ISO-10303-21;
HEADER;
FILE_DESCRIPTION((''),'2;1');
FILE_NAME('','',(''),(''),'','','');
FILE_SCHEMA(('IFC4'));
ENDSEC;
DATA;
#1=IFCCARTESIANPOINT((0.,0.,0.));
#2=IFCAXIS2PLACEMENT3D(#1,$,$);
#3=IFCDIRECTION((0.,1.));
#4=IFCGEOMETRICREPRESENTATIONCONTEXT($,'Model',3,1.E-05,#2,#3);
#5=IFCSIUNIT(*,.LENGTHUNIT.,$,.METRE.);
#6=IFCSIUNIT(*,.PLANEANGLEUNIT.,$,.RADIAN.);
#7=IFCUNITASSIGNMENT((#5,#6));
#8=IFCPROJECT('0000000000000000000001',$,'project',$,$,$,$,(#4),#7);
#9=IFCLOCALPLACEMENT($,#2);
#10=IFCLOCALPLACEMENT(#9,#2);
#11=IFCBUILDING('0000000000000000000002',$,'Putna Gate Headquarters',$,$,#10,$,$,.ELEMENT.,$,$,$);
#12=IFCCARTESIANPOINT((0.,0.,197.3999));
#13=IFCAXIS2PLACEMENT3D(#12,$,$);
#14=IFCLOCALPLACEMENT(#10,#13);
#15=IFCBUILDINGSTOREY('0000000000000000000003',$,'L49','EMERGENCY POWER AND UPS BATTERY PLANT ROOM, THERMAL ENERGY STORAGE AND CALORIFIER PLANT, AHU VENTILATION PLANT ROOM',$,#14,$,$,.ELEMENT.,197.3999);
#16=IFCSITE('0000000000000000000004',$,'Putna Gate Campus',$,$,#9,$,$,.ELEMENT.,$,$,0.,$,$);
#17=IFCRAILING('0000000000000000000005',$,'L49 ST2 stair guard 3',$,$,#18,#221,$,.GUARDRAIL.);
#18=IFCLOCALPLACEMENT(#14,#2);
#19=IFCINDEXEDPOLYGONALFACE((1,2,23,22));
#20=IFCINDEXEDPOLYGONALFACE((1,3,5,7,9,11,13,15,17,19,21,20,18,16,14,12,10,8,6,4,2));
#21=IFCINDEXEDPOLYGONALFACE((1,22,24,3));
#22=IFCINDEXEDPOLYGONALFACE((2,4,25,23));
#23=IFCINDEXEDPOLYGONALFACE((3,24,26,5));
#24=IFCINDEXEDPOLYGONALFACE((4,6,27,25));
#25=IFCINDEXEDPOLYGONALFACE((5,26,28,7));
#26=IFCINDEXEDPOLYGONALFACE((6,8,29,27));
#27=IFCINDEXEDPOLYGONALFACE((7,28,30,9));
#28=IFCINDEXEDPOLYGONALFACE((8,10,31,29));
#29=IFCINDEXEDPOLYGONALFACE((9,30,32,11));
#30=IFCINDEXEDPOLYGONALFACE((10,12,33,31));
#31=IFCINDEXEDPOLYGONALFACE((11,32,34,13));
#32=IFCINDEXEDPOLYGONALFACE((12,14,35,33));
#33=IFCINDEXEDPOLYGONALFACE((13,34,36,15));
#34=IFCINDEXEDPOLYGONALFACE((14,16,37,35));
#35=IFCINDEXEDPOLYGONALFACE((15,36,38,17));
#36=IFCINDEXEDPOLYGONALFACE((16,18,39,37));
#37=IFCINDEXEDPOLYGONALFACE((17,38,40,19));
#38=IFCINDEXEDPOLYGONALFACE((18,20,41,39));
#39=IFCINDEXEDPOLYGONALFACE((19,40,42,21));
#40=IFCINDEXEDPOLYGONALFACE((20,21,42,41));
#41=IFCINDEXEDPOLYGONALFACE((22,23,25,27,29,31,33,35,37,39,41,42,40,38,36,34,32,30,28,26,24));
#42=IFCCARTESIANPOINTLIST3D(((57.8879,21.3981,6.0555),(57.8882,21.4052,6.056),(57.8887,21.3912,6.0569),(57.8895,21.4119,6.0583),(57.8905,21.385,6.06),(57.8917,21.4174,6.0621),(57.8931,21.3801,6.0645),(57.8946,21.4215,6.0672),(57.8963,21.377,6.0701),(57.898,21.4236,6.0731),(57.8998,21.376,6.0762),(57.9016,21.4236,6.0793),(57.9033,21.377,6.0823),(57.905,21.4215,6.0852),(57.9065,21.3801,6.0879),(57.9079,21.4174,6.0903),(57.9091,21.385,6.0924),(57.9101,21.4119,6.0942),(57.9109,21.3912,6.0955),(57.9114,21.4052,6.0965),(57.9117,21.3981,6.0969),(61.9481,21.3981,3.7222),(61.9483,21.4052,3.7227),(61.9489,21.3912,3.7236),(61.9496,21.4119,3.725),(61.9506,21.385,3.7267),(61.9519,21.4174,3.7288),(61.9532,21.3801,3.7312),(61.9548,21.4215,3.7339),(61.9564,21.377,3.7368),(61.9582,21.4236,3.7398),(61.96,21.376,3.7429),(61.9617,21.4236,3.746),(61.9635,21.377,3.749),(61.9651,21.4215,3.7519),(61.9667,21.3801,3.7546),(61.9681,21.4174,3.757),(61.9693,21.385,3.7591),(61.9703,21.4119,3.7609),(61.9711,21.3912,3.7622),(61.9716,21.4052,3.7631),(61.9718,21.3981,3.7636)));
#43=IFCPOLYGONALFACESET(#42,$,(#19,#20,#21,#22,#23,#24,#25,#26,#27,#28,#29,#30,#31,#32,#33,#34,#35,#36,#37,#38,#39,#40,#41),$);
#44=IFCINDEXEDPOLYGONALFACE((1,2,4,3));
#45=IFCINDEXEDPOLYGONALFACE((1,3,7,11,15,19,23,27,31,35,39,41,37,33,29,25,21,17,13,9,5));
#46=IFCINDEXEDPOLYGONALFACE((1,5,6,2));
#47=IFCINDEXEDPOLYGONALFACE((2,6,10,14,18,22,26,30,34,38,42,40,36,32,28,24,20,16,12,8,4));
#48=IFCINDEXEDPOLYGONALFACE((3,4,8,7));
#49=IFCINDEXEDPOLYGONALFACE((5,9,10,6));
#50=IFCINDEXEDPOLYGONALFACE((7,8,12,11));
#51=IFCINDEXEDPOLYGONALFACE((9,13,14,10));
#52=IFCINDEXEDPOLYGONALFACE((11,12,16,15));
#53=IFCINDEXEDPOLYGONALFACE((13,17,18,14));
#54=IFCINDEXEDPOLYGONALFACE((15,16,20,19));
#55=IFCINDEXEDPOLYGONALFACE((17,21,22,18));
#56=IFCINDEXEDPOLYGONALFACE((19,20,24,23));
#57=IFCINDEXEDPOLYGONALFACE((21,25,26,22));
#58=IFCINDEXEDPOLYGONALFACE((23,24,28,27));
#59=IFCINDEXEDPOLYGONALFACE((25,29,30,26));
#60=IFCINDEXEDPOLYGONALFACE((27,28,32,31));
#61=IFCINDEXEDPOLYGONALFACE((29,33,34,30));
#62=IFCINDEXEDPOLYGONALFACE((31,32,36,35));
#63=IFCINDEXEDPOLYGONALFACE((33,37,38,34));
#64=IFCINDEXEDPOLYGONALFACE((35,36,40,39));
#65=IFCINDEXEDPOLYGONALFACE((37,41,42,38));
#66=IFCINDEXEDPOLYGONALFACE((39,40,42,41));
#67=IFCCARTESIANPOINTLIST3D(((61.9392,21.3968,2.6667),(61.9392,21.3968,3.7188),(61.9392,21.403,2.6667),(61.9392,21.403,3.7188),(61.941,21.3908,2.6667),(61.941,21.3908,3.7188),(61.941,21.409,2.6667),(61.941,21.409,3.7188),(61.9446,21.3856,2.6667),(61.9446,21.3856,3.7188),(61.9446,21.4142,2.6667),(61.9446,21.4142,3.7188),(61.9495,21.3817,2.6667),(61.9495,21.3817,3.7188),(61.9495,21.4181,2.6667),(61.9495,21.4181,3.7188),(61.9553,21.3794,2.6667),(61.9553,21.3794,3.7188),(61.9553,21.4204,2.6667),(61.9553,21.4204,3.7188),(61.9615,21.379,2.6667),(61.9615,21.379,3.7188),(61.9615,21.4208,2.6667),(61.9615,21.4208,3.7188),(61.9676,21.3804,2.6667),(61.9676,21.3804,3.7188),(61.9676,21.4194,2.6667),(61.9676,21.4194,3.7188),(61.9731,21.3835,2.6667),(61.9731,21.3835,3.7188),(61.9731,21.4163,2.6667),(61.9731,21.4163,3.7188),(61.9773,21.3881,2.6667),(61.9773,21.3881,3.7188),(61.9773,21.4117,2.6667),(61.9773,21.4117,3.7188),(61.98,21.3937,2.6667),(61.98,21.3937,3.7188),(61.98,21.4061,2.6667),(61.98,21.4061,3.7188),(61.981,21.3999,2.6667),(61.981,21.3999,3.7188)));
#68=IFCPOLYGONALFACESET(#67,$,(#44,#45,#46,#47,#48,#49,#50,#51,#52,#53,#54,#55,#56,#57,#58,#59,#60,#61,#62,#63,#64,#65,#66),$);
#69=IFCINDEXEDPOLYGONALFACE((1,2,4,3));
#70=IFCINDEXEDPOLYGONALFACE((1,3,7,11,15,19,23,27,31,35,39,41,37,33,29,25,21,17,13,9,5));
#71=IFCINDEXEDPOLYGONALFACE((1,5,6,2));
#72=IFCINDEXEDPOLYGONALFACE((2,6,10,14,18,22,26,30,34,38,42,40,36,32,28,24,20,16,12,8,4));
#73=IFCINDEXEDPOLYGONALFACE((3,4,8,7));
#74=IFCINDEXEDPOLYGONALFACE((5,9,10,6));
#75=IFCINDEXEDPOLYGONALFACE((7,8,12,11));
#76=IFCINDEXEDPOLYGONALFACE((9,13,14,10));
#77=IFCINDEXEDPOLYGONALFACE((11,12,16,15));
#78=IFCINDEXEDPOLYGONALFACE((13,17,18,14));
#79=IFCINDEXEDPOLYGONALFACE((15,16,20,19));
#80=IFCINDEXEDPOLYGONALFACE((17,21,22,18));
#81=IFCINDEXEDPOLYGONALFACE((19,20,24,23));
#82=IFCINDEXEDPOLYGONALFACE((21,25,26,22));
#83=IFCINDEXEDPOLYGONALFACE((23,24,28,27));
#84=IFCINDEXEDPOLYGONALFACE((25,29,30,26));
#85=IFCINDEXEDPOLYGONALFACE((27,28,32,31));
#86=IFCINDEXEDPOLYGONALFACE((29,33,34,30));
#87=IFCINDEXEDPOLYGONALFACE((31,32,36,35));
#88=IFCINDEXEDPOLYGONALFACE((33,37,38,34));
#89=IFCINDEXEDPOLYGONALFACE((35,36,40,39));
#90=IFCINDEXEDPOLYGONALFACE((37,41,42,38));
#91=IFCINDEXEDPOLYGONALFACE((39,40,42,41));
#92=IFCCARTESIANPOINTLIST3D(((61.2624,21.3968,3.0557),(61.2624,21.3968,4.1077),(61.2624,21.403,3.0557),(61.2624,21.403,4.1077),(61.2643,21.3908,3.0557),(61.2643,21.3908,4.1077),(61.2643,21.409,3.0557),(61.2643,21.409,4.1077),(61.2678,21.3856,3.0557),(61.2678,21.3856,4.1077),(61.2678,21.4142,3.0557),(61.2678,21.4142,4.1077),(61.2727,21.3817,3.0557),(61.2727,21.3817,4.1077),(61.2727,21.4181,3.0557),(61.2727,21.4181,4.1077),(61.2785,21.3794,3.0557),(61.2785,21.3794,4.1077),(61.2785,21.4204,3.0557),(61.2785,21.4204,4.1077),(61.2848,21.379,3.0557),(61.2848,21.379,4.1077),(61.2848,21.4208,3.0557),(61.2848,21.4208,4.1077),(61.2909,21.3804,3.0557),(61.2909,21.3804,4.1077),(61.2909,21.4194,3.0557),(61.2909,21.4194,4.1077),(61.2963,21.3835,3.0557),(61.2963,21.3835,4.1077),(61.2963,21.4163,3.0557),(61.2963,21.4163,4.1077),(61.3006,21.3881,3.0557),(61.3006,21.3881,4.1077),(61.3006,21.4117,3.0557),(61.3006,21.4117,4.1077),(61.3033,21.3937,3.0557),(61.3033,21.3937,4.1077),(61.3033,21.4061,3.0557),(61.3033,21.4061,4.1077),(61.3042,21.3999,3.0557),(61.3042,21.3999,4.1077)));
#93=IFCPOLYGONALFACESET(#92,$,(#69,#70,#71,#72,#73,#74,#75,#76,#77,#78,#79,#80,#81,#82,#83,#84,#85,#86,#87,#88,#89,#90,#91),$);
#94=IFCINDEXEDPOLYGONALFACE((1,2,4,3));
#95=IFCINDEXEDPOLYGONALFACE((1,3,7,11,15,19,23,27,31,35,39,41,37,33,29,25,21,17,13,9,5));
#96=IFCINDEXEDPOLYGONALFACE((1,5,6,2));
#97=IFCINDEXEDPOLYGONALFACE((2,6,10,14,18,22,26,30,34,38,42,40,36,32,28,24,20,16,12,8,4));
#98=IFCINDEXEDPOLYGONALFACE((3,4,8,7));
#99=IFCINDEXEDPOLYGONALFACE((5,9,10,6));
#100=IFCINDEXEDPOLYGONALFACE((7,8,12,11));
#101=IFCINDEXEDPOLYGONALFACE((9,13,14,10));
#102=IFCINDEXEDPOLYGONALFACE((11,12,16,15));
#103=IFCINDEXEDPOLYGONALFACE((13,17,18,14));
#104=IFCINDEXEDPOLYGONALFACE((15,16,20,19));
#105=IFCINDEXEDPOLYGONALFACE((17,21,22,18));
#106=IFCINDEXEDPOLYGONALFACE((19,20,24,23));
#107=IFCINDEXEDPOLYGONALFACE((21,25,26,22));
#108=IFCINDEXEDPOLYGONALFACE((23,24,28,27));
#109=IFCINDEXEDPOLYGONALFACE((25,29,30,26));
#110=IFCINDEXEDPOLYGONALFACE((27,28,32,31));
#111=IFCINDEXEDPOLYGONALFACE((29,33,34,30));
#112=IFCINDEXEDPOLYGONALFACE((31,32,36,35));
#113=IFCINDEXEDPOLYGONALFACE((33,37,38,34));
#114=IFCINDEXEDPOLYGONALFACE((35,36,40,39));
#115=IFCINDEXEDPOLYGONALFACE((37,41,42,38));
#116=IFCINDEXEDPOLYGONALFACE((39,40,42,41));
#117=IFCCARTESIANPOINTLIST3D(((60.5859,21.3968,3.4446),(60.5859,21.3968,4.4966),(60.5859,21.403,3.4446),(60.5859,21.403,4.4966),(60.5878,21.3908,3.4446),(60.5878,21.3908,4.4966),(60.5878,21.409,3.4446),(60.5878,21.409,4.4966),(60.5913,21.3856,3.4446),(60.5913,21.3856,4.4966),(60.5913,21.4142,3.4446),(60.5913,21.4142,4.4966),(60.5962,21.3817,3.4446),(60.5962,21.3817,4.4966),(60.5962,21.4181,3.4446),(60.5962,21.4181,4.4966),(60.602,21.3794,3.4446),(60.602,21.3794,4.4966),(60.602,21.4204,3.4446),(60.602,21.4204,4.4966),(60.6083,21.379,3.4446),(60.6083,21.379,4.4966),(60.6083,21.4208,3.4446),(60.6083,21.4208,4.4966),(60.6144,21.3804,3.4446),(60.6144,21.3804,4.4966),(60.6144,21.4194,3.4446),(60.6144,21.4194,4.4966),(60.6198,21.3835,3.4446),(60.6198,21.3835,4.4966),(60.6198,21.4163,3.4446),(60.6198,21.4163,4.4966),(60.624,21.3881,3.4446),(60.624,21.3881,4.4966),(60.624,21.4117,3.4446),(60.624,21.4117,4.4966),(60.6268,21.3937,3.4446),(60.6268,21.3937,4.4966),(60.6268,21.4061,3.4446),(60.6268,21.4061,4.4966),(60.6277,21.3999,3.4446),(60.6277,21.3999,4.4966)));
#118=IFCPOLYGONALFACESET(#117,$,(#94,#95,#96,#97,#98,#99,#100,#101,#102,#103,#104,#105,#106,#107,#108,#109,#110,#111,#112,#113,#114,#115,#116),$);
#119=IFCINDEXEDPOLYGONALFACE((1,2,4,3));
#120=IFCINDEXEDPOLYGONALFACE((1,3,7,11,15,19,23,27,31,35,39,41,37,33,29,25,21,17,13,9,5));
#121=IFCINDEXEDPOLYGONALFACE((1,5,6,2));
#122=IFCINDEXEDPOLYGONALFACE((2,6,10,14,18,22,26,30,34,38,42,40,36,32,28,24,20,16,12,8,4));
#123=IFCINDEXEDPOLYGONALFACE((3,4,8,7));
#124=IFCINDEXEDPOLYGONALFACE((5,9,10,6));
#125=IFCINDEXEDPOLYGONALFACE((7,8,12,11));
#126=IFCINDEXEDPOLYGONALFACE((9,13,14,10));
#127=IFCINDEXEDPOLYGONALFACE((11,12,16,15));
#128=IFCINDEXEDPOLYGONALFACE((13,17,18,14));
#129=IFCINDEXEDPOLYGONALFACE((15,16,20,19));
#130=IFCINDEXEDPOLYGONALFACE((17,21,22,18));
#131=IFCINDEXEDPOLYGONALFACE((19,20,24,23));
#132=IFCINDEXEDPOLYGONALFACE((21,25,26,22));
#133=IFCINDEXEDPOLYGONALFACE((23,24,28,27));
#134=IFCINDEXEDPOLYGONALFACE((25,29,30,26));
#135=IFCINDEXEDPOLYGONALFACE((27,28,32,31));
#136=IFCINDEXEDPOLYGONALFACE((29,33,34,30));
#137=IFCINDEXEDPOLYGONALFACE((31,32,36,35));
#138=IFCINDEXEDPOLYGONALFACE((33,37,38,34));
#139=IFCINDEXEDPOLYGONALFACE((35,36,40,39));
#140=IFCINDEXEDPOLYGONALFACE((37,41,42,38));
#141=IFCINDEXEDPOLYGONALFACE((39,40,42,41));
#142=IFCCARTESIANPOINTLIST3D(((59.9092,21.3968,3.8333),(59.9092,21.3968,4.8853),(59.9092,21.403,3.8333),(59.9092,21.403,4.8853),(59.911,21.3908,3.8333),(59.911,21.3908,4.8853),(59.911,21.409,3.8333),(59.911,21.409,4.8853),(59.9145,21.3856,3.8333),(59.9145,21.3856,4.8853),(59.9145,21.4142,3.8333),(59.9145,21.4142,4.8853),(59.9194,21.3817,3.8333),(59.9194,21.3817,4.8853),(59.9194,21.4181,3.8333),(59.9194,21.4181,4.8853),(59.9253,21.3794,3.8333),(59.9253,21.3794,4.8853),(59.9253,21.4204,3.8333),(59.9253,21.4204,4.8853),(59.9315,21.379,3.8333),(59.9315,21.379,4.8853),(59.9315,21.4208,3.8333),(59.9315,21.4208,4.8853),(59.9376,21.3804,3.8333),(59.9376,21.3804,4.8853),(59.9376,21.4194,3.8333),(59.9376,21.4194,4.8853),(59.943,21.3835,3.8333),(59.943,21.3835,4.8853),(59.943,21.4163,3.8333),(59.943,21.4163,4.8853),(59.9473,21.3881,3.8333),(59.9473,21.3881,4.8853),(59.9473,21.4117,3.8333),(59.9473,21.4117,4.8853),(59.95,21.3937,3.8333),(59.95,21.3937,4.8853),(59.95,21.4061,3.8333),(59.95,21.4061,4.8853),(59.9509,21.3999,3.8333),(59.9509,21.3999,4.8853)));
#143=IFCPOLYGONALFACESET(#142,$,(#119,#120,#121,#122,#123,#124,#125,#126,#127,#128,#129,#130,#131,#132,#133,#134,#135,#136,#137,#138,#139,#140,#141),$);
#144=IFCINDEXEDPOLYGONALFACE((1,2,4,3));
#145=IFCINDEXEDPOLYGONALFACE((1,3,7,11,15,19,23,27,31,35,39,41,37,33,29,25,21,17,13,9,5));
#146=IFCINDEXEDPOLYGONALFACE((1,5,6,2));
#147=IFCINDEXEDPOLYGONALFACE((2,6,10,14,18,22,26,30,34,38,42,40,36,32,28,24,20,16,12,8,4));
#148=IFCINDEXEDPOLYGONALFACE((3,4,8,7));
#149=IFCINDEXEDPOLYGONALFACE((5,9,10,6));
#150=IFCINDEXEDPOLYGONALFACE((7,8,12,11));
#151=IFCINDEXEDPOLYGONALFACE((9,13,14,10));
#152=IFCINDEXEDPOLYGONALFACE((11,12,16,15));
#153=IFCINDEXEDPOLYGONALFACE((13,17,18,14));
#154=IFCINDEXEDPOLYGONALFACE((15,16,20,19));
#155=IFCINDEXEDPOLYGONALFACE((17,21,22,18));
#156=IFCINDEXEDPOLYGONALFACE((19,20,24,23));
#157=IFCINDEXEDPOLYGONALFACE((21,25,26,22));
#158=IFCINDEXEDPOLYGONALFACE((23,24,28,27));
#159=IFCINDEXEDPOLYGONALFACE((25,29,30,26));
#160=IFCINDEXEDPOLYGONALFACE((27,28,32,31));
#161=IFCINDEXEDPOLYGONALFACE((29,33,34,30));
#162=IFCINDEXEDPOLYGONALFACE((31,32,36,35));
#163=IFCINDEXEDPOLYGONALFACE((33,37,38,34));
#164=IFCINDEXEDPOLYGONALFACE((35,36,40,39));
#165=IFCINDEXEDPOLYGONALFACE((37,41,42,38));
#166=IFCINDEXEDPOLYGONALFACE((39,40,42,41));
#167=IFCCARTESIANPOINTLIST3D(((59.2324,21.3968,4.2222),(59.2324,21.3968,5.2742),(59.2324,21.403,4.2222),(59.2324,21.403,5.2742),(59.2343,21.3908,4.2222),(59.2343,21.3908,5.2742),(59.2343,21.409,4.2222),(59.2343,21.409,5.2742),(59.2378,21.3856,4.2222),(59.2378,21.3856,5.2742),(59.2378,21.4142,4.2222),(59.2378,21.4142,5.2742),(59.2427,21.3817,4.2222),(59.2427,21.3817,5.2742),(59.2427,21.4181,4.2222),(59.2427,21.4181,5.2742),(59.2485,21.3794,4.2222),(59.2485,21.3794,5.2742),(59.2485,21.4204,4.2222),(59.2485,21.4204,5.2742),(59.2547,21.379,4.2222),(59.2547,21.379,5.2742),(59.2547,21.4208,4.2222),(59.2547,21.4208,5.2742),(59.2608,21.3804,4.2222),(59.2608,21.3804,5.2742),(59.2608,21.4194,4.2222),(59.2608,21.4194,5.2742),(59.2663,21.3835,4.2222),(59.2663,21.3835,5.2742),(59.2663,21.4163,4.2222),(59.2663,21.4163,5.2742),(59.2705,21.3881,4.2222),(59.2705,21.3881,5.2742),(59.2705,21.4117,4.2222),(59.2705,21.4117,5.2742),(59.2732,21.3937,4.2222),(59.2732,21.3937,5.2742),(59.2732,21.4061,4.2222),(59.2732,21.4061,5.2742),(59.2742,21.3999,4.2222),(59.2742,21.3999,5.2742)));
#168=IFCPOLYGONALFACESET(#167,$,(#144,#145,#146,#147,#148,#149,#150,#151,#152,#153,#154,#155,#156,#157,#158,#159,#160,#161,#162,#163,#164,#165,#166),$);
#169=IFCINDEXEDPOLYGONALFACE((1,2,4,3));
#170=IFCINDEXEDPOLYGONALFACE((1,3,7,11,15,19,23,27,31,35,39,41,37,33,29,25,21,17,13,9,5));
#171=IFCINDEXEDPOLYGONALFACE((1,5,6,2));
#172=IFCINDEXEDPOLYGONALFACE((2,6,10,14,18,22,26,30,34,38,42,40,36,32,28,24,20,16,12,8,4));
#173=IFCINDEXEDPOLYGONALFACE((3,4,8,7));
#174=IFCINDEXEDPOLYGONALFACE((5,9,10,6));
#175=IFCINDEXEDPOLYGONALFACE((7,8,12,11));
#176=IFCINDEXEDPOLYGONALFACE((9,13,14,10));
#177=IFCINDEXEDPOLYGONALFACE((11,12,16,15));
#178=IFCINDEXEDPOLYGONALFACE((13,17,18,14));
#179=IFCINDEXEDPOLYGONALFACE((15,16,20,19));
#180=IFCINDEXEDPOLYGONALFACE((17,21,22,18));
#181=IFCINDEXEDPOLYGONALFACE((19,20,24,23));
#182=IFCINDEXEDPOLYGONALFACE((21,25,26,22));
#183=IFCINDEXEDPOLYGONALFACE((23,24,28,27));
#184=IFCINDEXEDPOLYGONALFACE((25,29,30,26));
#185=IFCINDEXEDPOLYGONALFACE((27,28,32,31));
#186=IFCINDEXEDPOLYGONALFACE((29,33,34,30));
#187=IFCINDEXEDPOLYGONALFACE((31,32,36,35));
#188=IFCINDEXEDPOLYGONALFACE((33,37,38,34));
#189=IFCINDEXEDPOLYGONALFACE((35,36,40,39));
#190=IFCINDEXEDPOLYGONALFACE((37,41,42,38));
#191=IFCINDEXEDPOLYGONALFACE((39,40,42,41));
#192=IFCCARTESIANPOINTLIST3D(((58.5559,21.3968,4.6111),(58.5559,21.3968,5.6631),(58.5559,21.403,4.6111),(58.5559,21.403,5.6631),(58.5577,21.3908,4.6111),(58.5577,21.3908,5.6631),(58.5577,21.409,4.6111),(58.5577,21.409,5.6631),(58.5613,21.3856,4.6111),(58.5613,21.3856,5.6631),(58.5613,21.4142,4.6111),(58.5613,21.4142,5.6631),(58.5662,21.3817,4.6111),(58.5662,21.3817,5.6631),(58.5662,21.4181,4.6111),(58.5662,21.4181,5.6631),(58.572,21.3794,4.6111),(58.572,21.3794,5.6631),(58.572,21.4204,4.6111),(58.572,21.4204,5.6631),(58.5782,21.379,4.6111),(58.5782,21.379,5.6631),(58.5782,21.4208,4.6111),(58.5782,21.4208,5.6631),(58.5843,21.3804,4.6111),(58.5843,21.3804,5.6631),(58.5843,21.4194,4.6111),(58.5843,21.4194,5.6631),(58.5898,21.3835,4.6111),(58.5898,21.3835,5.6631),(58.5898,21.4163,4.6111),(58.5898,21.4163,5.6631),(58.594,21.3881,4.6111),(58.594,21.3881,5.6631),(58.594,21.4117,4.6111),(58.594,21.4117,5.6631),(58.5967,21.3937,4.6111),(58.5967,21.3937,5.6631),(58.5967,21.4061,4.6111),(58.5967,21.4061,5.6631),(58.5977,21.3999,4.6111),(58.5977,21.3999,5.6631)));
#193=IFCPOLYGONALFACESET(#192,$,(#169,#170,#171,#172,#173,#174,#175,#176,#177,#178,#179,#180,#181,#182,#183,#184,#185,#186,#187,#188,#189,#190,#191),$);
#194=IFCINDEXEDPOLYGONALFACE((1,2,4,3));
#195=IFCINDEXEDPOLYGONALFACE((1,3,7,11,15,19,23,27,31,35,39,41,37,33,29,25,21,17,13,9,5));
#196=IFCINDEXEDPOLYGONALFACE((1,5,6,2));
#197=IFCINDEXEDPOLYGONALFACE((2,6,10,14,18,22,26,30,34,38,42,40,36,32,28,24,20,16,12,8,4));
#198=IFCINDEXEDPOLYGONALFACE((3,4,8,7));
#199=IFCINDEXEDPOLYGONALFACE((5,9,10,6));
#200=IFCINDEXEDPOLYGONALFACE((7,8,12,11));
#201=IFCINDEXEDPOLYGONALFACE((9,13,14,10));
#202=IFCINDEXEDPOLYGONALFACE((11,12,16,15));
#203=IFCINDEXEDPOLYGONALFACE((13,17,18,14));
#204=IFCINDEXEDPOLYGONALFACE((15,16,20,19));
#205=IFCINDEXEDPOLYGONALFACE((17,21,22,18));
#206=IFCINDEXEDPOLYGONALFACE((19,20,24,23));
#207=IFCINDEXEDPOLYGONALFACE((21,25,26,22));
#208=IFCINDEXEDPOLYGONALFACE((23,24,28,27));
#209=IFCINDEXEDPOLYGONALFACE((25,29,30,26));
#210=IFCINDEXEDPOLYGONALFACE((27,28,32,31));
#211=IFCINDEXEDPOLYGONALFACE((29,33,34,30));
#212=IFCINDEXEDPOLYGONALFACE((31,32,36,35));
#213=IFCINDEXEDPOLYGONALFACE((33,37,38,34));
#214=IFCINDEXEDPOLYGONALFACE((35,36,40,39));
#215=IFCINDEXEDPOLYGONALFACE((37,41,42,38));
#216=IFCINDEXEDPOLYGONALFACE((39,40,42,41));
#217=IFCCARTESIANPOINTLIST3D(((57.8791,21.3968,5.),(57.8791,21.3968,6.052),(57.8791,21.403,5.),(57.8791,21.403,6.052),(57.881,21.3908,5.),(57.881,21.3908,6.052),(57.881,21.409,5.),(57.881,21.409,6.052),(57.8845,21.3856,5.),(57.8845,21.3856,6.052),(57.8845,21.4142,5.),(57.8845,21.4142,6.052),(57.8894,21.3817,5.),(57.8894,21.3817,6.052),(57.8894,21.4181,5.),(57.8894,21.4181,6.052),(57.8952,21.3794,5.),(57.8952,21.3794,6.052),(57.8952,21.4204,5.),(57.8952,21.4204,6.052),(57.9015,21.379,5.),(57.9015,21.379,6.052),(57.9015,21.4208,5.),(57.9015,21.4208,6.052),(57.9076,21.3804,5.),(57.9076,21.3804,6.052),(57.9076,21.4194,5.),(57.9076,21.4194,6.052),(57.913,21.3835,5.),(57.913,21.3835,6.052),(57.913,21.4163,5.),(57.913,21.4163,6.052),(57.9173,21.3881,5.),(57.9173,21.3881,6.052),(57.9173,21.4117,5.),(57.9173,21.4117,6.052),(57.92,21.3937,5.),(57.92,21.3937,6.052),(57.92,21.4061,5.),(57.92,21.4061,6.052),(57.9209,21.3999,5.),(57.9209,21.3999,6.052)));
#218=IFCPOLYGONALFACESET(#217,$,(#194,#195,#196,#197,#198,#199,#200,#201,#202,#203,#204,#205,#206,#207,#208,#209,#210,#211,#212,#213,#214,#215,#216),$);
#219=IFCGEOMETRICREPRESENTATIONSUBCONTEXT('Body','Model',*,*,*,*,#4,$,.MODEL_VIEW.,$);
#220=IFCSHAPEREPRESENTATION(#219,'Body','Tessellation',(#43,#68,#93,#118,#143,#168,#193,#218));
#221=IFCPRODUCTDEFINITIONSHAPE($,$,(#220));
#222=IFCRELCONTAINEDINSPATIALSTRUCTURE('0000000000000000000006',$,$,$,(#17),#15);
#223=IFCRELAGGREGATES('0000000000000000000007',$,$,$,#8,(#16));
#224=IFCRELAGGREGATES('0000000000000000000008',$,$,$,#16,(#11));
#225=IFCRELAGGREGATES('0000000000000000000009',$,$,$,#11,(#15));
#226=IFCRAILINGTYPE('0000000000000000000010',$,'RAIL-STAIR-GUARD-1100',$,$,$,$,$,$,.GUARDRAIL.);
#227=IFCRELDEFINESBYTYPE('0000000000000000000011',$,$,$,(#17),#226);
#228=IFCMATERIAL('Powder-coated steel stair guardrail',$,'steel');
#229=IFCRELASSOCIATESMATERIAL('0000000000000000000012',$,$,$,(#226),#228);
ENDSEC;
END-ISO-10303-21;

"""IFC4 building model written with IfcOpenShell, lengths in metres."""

from ifc_helpers import new_model, si_unit, direction, frame, origin, origin_2d, place, context, subcontext, project, spatial, circle, extrude, material, type_object, element, save


model = new_model("IFC4")

# Units and contexts
model_context = context("Model", 3, precision=1e-05, world=origin(), true_north=direction((0.0, 1.0)))
body_context = subcontext(model_context, "Body", "Model", "MODEL_VIEW")
ifc_project = project(units=[si_unit("LENGTHUNIT", "METRE"), si_unit("PLANEANGLEUNIT", "RADIAN")], contexts=[model_context])

# Site, building, storey
site_placement = place(None, origin())
site = spatial("IfcSite", under=ifc_project, at=site_placement, Name="Putna Gate Campus", CompositionType="ELEMENT", RefElevation=0.0)
building_placement = place(site_placement, origin())
building = spatial("IfcBuilding", under=site, at=building_placement, Name="Putna Gate Headquarters", CompositionType="ELEMENT")
storey_placement = place(building_placement, frame((0.0, 0.0, 197.3999)))
storey = spatial("IfcBuildingStorey", under=building, at=storey_placement, Name="L49", Description="EMERGENCY POWER AND UPS BATTERY PLANT ROOM, THERMAL ENERGY STORAGE AND CALORIFIER PLANT, AHU VENTILATION PLANT ROOM", CompositionType="ELEMENT", Elevation=197.3999)

# Railing
ifc_material_1 = material(Name="Powder-coated steel stair guardrail", Category="steel")
railing_type_1 = type_object("IfcRailingType", Name="RAIL-STAIR-GUARD-1100", PredefinedType="GUARDRAIL", material=ifc_material_1)
railing_1_placement = place(storey_placement, frame((61.96, 21.3999, 2.6667)))
element("IfcRailing", 1, at=railing_1_placement, inside=storey, type_object=railing_type_1, Name="L49 ST2 stair guard 3", PredefinedType="GUARDRAIL", context=body_context, shape_type="SweptSolid", body=[
    extrude(circle(Radius=0.0239, at=origin_2d()), frame((0.0, 0.0, 1.0762), z_axis=(-0.867025, 0.0, 0.498265), x_axis=(0.0, -1.0, 0.0)), (0.0, 0.0, 1.0), 4.6829),
    extrude(circle(Radius=0.021, at=origin_2d()), origin(), (0.0, 0.0, 1.0), 1.052),
    extrude(circle(Radius=0.021, at=origin_2d()), frame((-0.6768, 0.0, 0.3889)), (0.0, 0.0, 1.0), 1.052),
    extrude(circle(Radius=0.021, at=origin_2d()), frame((-1.3533, 0.0, 0.7778)), (0.0, 0.0, 1.0), 1.052),
    extrude(circle(Radius=0.021, at=origin_2d()), frame((-2.03, 0.0, 1.1665)), (0.0, 0.0, 1.0), 1.052),
    extrude(circle(Radius=0.021, at=origin_2d()), frame((-2.7068, 0.0, 1.5554)), (0.0, 0.0, 1.0), 1.052),
    extrude(circle(Radius=0.021, at=origin_2d()), frame((-3.3833, 0.0, 1.9443)), (0.0, 0.0, 1.0), 1.052),
    extrude(circle(Radius=0.021, at=origin_2d()), frame((-4.0601, 0.0, 2.3333)), (0.0, 0.0, 1.0), 1.052),
])

save(model, "model.ifc")
